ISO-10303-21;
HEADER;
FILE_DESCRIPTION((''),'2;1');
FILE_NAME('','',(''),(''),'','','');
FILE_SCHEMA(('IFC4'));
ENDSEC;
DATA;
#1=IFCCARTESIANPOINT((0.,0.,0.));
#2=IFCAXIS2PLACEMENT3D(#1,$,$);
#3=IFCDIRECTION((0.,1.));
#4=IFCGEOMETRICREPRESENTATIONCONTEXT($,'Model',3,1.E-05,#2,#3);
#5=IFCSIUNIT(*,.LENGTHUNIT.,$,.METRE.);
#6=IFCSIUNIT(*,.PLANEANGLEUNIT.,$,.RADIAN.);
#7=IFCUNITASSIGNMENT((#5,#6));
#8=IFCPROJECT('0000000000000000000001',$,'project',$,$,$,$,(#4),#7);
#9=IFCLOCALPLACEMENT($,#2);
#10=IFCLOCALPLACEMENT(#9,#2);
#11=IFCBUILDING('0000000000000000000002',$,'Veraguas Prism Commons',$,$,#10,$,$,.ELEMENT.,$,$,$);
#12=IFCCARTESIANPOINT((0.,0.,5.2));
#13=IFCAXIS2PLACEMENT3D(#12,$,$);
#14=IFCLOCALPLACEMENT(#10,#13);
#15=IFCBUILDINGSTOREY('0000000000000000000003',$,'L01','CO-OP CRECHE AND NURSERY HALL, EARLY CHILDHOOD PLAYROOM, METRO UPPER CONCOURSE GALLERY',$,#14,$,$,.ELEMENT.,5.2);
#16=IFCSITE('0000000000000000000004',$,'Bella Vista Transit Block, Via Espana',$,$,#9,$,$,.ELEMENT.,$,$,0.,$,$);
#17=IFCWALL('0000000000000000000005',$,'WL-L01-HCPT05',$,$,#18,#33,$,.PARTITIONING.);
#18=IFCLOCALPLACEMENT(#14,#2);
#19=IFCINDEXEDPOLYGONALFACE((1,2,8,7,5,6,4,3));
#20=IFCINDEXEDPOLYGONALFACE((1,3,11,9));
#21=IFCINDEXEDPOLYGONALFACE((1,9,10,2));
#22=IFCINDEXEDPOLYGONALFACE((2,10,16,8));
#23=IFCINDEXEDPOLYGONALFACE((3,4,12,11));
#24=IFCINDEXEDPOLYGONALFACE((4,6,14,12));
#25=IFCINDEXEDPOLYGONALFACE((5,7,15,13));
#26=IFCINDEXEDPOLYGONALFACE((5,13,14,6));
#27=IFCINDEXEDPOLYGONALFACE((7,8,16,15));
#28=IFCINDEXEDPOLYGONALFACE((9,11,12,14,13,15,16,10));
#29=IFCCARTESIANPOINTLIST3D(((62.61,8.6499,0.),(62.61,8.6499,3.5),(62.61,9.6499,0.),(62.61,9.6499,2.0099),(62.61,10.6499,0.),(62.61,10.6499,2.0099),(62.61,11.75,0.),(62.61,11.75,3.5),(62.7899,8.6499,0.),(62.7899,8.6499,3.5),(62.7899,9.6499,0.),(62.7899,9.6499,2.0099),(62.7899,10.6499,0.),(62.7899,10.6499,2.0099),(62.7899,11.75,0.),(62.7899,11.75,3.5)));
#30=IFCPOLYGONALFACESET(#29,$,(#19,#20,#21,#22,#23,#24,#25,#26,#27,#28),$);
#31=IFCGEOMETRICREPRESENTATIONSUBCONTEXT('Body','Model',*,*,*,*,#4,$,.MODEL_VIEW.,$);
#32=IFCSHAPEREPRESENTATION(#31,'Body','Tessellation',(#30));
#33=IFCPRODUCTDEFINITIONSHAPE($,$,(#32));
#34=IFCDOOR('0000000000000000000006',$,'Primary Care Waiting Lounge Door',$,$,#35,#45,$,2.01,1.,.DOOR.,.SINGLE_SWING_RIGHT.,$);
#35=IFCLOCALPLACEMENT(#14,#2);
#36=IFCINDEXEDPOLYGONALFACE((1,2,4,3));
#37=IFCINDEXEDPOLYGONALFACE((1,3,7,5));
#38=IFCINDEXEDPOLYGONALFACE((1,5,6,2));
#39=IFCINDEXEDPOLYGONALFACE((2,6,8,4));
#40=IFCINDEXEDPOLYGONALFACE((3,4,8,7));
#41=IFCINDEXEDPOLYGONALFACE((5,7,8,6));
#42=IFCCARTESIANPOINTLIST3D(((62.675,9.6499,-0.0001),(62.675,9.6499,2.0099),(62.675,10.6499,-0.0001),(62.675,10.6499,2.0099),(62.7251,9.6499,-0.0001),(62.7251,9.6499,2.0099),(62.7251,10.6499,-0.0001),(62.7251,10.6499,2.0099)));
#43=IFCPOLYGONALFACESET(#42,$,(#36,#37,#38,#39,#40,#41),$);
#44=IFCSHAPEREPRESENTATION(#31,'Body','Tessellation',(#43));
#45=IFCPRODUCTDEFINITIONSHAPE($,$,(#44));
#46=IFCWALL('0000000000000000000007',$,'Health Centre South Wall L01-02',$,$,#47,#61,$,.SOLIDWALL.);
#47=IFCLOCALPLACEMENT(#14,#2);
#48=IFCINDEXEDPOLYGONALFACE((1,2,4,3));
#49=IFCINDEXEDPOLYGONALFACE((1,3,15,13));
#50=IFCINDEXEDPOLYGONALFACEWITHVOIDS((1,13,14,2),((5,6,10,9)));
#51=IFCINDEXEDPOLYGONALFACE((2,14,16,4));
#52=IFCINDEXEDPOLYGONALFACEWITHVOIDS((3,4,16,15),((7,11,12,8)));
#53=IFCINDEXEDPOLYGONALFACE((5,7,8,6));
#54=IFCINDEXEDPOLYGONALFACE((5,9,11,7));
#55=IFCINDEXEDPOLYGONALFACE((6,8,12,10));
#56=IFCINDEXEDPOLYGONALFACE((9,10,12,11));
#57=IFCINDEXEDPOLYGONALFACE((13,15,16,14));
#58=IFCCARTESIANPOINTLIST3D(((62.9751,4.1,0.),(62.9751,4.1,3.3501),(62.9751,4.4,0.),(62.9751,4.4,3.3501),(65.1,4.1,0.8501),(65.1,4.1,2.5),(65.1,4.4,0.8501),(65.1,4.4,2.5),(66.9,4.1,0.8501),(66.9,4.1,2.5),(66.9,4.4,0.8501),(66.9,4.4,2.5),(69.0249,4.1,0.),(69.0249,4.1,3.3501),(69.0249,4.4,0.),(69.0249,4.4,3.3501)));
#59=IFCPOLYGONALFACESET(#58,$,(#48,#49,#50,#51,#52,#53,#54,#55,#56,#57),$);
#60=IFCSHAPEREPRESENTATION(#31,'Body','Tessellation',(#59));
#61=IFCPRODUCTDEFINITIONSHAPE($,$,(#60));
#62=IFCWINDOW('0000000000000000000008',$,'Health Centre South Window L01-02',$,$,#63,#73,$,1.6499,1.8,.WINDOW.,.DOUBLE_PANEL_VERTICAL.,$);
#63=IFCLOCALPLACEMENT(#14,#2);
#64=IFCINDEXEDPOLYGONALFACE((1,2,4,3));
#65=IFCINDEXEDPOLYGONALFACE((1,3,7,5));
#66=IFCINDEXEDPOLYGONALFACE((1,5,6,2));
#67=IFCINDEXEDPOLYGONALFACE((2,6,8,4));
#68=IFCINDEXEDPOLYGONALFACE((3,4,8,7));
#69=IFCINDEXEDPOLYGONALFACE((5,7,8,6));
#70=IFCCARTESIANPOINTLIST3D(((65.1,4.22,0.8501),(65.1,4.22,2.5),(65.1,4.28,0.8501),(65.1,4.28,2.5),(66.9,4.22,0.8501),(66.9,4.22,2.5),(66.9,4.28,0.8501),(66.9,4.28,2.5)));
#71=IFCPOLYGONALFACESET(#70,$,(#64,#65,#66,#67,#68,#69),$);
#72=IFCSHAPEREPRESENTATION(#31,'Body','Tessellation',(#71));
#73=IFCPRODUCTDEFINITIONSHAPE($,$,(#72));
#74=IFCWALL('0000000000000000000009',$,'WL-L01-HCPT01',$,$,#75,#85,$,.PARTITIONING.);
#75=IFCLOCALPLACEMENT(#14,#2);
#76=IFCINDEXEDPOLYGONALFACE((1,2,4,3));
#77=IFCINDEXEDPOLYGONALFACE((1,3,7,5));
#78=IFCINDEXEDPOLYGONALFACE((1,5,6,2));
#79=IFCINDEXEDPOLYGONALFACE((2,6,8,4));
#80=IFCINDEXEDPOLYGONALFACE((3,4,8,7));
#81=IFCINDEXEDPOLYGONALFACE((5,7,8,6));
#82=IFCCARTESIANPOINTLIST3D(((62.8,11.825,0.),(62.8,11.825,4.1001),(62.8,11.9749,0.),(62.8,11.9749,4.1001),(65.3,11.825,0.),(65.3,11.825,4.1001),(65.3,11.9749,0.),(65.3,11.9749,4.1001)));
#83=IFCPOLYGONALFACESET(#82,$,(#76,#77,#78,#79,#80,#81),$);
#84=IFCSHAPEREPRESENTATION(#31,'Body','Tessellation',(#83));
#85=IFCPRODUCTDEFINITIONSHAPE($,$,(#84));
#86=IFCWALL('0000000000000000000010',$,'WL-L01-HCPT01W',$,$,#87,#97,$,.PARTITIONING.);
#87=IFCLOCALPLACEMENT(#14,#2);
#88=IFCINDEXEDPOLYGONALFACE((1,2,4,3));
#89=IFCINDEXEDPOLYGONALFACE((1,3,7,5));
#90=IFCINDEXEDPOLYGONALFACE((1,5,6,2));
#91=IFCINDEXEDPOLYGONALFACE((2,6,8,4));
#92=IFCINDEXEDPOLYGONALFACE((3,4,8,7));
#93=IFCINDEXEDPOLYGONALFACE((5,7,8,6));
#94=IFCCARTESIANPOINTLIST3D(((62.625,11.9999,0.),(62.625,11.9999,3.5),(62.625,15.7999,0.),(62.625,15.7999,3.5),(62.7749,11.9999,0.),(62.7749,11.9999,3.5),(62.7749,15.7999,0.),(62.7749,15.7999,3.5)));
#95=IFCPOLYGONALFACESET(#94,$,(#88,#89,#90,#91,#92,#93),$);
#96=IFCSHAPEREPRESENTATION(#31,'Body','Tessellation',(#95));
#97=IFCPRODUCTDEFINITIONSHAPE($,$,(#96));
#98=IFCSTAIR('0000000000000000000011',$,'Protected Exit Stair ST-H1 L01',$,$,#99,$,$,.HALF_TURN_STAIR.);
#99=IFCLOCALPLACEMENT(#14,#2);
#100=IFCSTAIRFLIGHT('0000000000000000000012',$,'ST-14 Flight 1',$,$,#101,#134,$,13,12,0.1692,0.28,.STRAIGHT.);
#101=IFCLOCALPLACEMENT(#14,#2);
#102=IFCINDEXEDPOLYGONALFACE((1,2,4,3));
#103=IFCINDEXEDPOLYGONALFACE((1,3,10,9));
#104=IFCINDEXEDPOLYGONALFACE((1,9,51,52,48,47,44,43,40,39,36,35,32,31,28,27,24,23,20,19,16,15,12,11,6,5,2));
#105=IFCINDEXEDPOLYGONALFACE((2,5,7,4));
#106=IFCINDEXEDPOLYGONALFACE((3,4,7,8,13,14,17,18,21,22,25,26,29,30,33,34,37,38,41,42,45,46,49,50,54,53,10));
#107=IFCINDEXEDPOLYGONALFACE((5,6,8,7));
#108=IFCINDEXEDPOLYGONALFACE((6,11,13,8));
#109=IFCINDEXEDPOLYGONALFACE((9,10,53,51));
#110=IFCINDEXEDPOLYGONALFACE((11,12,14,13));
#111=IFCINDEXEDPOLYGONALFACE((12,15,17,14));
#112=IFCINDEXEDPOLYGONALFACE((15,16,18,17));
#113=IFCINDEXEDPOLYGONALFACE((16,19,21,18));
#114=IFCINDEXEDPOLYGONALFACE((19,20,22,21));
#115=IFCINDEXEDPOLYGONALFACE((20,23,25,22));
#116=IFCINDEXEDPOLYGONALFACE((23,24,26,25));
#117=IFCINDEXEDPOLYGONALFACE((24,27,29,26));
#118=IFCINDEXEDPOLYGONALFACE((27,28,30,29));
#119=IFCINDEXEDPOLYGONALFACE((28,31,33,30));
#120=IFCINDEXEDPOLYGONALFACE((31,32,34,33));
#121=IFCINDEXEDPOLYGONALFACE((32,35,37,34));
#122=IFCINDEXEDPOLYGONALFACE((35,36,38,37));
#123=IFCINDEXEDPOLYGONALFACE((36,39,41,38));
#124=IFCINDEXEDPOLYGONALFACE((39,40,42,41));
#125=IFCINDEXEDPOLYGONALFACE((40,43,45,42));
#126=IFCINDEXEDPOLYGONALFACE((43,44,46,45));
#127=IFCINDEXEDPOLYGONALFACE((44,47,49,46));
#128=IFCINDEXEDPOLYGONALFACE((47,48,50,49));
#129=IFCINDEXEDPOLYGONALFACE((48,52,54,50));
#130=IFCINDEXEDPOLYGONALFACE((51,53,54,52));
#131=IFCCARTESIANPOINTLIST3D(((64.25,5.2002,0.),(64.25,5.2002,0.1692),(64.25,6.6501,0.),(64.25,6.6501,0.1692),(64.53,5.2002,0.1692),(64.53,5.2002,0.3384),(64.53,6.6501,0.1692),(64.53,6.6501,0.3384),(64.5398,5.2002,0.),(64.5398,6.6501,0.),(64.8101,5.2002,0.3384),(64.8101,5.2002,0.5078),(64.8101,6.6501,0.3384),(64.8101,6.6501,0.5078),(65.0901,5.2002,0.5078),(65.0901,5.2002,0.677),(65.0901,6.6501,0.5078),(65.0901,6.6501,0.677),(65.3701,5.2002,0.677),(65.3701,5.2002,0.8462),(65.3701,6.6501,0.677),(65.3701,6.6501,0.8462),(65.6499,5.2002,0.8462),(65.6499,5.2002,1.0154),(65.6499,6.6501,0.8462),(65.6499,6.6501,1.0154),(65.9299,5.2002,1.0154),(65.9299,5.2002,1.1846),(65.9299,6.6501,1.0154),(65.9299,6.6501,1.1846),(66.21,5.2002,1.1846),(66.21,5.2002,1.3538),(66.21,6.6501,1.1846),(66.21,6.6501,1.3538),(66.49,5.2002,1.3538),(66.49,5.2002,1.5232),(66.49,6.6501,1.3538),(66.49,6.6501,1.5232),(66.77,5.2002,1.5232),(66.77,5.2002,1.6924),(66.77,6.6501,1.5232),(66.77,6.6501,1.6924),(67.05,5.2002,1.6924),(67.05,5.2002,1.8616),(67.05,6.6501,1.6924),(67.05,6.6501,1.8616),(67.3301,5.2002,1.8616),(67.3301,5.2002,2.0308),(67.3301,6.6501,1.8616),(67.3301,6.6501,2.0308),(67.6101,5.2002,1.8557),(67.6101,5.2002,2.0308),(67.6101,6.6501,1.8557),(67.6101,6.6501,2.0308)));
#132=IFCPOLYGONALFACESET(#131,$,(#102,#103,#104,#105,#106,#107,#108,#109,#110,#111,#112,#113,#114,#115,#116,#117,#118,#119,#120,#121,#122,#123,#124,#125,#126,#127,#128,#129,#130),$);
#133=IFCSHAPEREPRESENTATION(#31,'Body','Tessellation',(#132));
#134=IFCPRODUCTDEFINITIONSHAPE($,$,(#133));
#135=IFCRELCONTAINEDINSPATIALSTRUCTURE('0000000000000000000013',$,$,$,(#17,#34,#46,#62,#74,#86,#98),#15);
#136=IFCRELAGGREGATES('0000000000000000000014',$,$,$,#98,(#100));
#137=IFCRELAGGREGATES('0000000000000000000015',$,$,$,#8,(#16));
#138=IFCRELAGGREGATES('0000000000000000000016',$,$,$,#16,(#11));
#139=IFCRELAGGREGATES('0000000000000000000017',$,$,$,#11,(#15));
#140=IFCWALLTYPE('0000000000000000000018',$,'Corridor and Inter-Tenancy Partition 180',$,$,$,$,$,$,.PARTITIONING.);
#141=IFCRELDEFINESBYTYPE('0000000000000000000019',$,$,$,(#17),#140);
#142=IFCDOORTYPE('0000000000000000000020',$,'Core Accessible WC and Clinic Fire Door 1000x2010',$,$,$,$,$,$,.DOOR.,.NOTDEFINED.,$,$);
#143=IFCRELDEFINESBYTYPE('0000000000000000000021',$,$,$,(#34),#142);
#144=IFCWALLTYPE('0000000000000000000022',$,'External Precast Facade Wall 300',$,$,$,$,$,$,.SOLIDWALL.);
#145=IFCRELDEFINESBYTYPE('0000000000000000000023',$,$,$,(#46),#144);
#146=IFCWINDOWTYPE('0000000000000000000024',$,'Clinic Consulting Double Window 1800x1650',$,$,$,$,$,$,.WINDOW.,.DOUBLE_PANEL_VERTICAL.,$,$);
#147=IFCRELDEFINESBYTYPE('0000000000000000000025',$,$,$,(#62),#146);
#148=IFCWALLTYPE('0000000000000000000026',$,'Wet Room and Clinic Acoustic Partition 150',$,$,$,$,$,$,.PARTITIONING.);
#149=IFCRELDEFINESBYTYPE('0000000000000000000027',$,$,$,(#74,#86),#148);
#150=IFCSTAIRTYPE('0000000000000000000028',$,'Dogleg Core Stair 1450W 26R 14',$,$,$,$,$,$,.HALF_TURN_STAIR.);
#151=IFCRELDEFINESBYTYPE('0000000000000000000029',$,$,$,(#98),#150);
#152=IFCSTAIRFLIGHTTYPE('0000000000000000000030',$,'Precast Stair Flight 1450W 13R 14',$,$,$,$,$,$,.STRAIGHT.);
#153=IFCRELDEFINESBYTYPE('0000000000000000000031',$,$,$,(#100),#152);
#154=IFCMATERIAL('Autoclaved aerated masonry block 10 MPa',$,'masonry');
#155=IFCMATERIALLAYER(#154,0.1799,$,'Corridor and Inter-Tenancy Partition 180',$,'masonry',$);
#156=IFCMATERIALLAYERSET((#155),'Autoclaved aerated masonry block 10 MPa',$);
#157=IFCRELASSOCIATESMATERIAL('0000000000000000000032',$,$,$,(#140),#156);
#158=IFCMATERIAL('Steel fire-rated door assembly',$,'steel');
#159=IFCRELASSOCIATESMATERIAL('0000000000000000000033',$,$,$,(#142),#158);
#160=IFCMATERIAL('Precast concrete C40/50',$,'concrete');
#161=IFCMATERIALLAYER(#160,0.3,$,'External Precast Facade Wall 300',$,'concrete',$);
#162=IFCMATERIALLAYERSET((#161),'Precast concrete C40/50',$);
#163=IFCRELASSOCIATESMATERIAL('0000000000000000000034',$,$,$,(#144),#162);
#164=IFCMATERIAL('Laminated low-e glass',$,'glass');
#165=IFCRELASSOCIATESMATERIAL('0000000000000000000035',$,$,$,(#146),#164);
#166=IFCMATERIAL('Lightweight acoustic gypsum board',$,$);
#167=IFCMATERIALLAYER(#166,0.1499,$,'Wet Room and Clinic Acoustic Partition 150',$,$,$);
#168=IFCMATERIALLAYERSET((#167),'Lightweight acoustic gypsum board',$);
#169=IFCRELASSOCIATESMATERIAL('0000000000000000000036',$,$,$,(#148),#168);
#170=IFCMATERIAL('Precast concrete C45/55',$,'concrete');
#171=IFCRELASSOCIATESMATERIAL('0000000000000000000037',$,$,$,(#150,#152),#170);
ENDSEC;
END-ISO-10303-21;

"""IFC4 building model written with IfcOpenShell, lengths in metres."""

from ifc_helpers import new_model, si_unit, direction, frame, frame_2d, origin, place, context, subcontext, project, spatial, polyline, rectangle, outline, extrude, source, transform, mapped, material, layer, layer_set, type_object, element, fill, aggregate, save


model = new_model("IFC4")

# Units and contexts
model_context = context("Model", 3, precision=1e-05, world=origin(), true_north=direction((0.0, 1.0)))
body_context = subcontext(model_context, "Body", "Model", "MODEL_VIEW")
ifc_project = project(units=[si_unit("LENGTHUNIT", "METRE"), si_unit("PLANEANGLEUNIT", "RADIAN")], contexts=[model_context])

# Site, building, storey
site_placement = place(None, origin())
site = spatial("IfcSite", under=ifc_project, at=site_placement, Name="Bella Vista Transit Block, Via Espana", CompositionType="ELEMENT", RefElevation=0.0)
building_placement = place(site_placement, origin())
building = spatial("IfcBuilding", under=site, at=building_placement, Name="Veraguas Prism Commons", CompositionType="ELEMENT")
storey_placement = place(building_placement, frame((0.0, 0.0, 5.2)))
storey = spatial("IfcBuildingStorey", under=building, at=storey_placement, Name="L01", Description="CO-OP CRECHE AND NURSERY HALL, EARLY CHILDHOOD PLAYROOM, METRO UPPER CONCOURSE GALLERY", CompositionType="ELEMENT", Elevation=5.2)

# Shared definitions
ifc_material_1 = material(Name="Steel fire-rated door assembly", Category="steel")

# Wall, opening, door
ifc_material_2 = material(Name="Autoclaved aerated masonry block 10 MPa", Category="masonry")
ifc_layer_1 = layer(ifc_material_2, 0.1799, Name="Corridor and Inter-Tenancy Partition 180", Category="masonry")
ifc_layer_set_1 = layer_set([ifc_layer_1], Name="Autoclaved aerated masonry block 10 MPa")
wall_type_1 = type_object("IfcWallType", Name="Corridor and Inter-Tenancy Partition 180", PredefinedType="PARTITIONING", material=ifc_layer_set_1)
wall_1_placement = place(storey_placement, frame((62.7, 8.6499, 0.0), z_axis=(0.0, 0.0, 1.0), x_axis=(0.0, 1.0, 0.0)))
wall_1 = element("IfcWall", 1, at=wall_1_placement, inside=storey, type_object=wall_type_1, Name="WL-L01-HCPT05", PredefinedType="PARTITIONING", context=body_context, shape_type="SweptSolid", body=[
    extrude(rectangle(XDim=3.1001, YDim=0.1799, at=frame_2d((1.55, 0.0))), origin(), (0.0, 0.0, 1.0), 3.5),
])
opening_1_placement = place(wall_1_placement, frame((1.0, 0.0, 0.0)))
opening_1 = element("IfcOpeningElement", 2, at=opening_1_placement, cuts=wall_1, PredefinedType="OPENING", context=body_context, shape_type="SweptSolid", body=[
    extrude(rectangle(XDim=1.0, YDim=2.01, at=frame_2d((0.5, 1.0049))), frame((0.0, 0.0999, 0.0), z_axis=(0.0, -1.0, 0.0), x_axis=(1.0, 0.0, 0.0)), (0.0, 0.0, 1.0), 0.2),
])
door_type_1 = type_object("IfcDoorType", Name="Core Accessible WC and Clinic Fire Door 1000x2010", OperationType="NOTDEFINED", PredefinedType="DOOR", material=ifc_material_1)
shared_shape_1 = source(origin(), body_context, "Body", "SweptSolid", [
    extrude(rectangle(XDim=1.0, YDim=2.01, at=frame_2d((0.5, 1.0049))), frame((0.0, 0.0249, 0.0), z_axis=(0.0, -1.0, 0.0), x_axis=(1.0, 0.0, 0.0)), (0.0, 0.0, 1.0), 0.05),
])
door_1_placement = place(opening_1_placement, origin())
door_1 = element("IfcDoor", 3, at=door_1_placement, inside=storey, type_object=door_type_1, Name="Primary Care Waiting Lounge Door", OperationType="SINGLE_SWING_RIGHT", OverallHeight=2.01, OverallWidth=1.0, PredefinedType="DOOR", context=body_context, shape_type="MappedRepresentation", body=[
    mapped(shared_shape_1, transform((0.0, 0.0, 0.0), scale=1.0)),
])
fill(opening_1, door_1)

# Wall, opening, window
ifc_material_3 = material(Name="Precast concrete C40/50", Category="concrete")
ifc_layer_2 = layer(ifc_material_3, 0.3, Name="External Precast Facade Wall 300", Category="concrete")
ifc_layer_set_2 = layer_set([ifc_layer_2], Name="Precast concrete C40/50")
wall_type_2 = type_object("IfcWallType", Name="External Precast Facade Wall 300", PredefinedType="SOLIDWALL", material=ifc_layer_set_2)
wall_2_placement = place(storey_placement, frame((62.9751, 4.25, 0.0), z_axis=(0.0, 0.0, 1.0), x_axis=(1.0, 0.0, 0.0)))
wall_2 = element("IfcWall", 4, at=wall_2_placement, inside=storey, type_object=wall_type_2, Name="Health Centre South Wall L01-02", PredefinedType="SOLIDWALL", context=body_context, shape_type="SweptSolid", body=[
    extrude(rectangle(XDim=6.0498, YDim=0.3, at=frame_2d((3.0249, 0.0))), origin(), (0.0, 0.0, 1.0), 3.3501),
])
opening_2_placement = place(wall_2_placement, frame((2.125, 0.0, 0.8501)))
opening_2 = element("IfcOpeningElement", 5, at=opening_2_placement, cuts=wall_2, PredefinedType="OPENING", context=body_context, shape_type="SweptSolid", body=[
    extrude(rectangle(XDim=1.8, YDim=1.6499, at=frame_2d((0.8999, 0.825))), frame((0.0, 0.1599, 0.0), z_axis=(0.0, -1.0, 0.0), x_axis=(1.0, 0.0, 0.0)), (0.0, 0.0, 1.0), 0.3201),
])
ifc_material_4 = material(Name="Laminated low-e glass", Category="glass")
window_type = type_object("IfcWindowType", Name="Clinic Consulting Double Window 1800x1650", PartitioningType="DOUBLE_PANEL_VERTICAL", PredefinedType="WINDOW", material=ifc_material_4)
shared_shape_2 = source(origin(), body_context, "Body", "SweptSolid", [
    extrude(rectangle(XDim=1.8, YDim=1.6499, at=frame_2d((0.8999, 0.825))), frame((0.0, 0.03, 0.0), z_axis=(0.0, -1.0, 0.0), x_axis=(1.0, 0.0, 0.0)), (0.0, 0.0, 1.0), 0.0601),
])
window_placement = place(opening_2_placement, origin())
window = element("IfcWindow", 6, at=window_placement, inside=storey, type_object=window_type, Name="Health Centre South Window L01-02", OverallHeight=1.6499, OverallWidth=1.8, PartitioningType="DOUBLE_PANEL_VERTICAL", PredefinedType="WINDOW", context=body_context, shape_type="MappedRepresentation", body=[
    mapped(shared_shape_2, transform((0.0, 0.0, 0.0), scale=1.0)),
])
fill(opening_2, window)

# Walls
ifc_material_5 = material(Name="Lightweight acoustic gypsum board")
ifc_layer_3 = layer(ifc_material_5, 0.1499, Name="Wet Room and Clinic Acoustic Partition 150")
ifc_layer_set_3 = layer_set([ifc_layer_3], Name="Lightweight acoustic gypsum board")
wall_type_3 = type_object("IfcWallType", Name="Wet Room and Clinic Acoustic Partition 150", PredefinedType="PARTITIONING", material=ifc_layer_set_3)
wall_3_placement = place(storey_placement, frame((62.8, 11.8999, 0.0), z_axis=(0.0, 0.0, 1.0), x_axis=(1.0, 0.0, 0.0)))
element("IfcWall", 7, at=wall_3_placement, inside=storey, type_object=wall_type_3, Name="WL-L01-HCPT01", PredefinedType="PARTITIONING", context=body_context, shape_type="SweptSolid", body=[
    extrude(rectangle(XDim=2.5, YDim=0.1499, at=frame_2d((1.25, 0.0))), origin(), (0.0, 0.0, 1.0), 4.1001),
])
wall_4_placement = place(storey_placement, frame((62.7, 12.0, 0.0), z_axis=(0.0, 0.0, 1.0), x_axis=(0.0, 1.0, 0.0)))
element("IfcWall", 8, at=wall_4_placement, inside=storey, type_object=wall_type_3, Name="WL-L01-HCPT01W", PredefinedType="PARTITIONING", context=body_context, shape_type="SweptSolid", body=[
    extrude(rectangle(XDim=3.8, YDim=0.1499, at=frame_2d((1.8999, 0.0))), origin(), (0.0, 0.0, 1.0), 3.5),
])

# Stair, stair flight
ifc_material_6 = material(Name="Precast concrete C45/55", Category="concrete")
stair_type = type_object("IfcStairType", Name="Dogleg Core Stair 1450W 26R 14", PredefinedType="HALF_TURN_STAIR", material=ifc_material_6)
stair_placement = place(storey_placement, origin())
stair = element("IfcStair", 9, at=stair_placement, inside=storey, type_object=stair_type, Name="Protected Exit Stair ST-H1 L01", PredefinedType="HALF_TURN_STAIR")
stair_flight_type = type_object("IfcStairFlightType", Name="Precast Stair Flight 1450W 13R 14", PredefinedType="STRAIGHT", material=ifc_material_6)
stair_flight_placement = place(storey_placement, frame((64.25, 5.925, 0.0), z_axis=(0.0, 0.0, 1.0), x_axis=(1.0, 0.0, 0.0)))
stair_flight = element("IfcStairFlight", 10, at=stair_flight_placement, type_object=stair_flight_type, Name="ST-14 Flight 1", NumberOfRisers=13, NumberOfTreads=12, PredefinedType="STRAIGHT", RiserHeight=0.1692, TreadLength=0.28, context=body_context, shape_type="SweptSolid", body=[
    extrude(outline(polyline([(0.0, 0.0), (0.0, 0.1692), (0.28, 0.1692), (0.28, 0.3384), (0.5601, 0.3384), (0.5601, 0.5078), (0.8401, 0.5078), (0.8401, 0.677), (1.1201, 0.677), (1.1201, 0.8462), (1.3999, 0.8462), (1.3999, 1.0154), (1.6799, 1.0154), (1.6799, 1.1846), (1.96, 1.1846), (1.96, 1.3538), (2.24, 1.3538), (2.24, 1.5232), (2.52, 1.5232), (2.52, 1.6924), (2.8, 1.6924), (2.8, 1.8616), (3.0801, 1.8616), (3.0801, 2.0308), (3.3601, 2.0308), (3.3601, 2.2), (3.3601, 1.8557), (0.2898, 0.0), (0.0, 0.0)])), frame((0.0, 0.7251, 0.0), z_axis=(0.0, -1.0, 0.0), x_axis=(1.0, 0.0, 0.0)), (0.0, 0.0, 1.0), 1.45),
])
aggregate(stair, [stair_flight])

save(model, "model.ifc")
